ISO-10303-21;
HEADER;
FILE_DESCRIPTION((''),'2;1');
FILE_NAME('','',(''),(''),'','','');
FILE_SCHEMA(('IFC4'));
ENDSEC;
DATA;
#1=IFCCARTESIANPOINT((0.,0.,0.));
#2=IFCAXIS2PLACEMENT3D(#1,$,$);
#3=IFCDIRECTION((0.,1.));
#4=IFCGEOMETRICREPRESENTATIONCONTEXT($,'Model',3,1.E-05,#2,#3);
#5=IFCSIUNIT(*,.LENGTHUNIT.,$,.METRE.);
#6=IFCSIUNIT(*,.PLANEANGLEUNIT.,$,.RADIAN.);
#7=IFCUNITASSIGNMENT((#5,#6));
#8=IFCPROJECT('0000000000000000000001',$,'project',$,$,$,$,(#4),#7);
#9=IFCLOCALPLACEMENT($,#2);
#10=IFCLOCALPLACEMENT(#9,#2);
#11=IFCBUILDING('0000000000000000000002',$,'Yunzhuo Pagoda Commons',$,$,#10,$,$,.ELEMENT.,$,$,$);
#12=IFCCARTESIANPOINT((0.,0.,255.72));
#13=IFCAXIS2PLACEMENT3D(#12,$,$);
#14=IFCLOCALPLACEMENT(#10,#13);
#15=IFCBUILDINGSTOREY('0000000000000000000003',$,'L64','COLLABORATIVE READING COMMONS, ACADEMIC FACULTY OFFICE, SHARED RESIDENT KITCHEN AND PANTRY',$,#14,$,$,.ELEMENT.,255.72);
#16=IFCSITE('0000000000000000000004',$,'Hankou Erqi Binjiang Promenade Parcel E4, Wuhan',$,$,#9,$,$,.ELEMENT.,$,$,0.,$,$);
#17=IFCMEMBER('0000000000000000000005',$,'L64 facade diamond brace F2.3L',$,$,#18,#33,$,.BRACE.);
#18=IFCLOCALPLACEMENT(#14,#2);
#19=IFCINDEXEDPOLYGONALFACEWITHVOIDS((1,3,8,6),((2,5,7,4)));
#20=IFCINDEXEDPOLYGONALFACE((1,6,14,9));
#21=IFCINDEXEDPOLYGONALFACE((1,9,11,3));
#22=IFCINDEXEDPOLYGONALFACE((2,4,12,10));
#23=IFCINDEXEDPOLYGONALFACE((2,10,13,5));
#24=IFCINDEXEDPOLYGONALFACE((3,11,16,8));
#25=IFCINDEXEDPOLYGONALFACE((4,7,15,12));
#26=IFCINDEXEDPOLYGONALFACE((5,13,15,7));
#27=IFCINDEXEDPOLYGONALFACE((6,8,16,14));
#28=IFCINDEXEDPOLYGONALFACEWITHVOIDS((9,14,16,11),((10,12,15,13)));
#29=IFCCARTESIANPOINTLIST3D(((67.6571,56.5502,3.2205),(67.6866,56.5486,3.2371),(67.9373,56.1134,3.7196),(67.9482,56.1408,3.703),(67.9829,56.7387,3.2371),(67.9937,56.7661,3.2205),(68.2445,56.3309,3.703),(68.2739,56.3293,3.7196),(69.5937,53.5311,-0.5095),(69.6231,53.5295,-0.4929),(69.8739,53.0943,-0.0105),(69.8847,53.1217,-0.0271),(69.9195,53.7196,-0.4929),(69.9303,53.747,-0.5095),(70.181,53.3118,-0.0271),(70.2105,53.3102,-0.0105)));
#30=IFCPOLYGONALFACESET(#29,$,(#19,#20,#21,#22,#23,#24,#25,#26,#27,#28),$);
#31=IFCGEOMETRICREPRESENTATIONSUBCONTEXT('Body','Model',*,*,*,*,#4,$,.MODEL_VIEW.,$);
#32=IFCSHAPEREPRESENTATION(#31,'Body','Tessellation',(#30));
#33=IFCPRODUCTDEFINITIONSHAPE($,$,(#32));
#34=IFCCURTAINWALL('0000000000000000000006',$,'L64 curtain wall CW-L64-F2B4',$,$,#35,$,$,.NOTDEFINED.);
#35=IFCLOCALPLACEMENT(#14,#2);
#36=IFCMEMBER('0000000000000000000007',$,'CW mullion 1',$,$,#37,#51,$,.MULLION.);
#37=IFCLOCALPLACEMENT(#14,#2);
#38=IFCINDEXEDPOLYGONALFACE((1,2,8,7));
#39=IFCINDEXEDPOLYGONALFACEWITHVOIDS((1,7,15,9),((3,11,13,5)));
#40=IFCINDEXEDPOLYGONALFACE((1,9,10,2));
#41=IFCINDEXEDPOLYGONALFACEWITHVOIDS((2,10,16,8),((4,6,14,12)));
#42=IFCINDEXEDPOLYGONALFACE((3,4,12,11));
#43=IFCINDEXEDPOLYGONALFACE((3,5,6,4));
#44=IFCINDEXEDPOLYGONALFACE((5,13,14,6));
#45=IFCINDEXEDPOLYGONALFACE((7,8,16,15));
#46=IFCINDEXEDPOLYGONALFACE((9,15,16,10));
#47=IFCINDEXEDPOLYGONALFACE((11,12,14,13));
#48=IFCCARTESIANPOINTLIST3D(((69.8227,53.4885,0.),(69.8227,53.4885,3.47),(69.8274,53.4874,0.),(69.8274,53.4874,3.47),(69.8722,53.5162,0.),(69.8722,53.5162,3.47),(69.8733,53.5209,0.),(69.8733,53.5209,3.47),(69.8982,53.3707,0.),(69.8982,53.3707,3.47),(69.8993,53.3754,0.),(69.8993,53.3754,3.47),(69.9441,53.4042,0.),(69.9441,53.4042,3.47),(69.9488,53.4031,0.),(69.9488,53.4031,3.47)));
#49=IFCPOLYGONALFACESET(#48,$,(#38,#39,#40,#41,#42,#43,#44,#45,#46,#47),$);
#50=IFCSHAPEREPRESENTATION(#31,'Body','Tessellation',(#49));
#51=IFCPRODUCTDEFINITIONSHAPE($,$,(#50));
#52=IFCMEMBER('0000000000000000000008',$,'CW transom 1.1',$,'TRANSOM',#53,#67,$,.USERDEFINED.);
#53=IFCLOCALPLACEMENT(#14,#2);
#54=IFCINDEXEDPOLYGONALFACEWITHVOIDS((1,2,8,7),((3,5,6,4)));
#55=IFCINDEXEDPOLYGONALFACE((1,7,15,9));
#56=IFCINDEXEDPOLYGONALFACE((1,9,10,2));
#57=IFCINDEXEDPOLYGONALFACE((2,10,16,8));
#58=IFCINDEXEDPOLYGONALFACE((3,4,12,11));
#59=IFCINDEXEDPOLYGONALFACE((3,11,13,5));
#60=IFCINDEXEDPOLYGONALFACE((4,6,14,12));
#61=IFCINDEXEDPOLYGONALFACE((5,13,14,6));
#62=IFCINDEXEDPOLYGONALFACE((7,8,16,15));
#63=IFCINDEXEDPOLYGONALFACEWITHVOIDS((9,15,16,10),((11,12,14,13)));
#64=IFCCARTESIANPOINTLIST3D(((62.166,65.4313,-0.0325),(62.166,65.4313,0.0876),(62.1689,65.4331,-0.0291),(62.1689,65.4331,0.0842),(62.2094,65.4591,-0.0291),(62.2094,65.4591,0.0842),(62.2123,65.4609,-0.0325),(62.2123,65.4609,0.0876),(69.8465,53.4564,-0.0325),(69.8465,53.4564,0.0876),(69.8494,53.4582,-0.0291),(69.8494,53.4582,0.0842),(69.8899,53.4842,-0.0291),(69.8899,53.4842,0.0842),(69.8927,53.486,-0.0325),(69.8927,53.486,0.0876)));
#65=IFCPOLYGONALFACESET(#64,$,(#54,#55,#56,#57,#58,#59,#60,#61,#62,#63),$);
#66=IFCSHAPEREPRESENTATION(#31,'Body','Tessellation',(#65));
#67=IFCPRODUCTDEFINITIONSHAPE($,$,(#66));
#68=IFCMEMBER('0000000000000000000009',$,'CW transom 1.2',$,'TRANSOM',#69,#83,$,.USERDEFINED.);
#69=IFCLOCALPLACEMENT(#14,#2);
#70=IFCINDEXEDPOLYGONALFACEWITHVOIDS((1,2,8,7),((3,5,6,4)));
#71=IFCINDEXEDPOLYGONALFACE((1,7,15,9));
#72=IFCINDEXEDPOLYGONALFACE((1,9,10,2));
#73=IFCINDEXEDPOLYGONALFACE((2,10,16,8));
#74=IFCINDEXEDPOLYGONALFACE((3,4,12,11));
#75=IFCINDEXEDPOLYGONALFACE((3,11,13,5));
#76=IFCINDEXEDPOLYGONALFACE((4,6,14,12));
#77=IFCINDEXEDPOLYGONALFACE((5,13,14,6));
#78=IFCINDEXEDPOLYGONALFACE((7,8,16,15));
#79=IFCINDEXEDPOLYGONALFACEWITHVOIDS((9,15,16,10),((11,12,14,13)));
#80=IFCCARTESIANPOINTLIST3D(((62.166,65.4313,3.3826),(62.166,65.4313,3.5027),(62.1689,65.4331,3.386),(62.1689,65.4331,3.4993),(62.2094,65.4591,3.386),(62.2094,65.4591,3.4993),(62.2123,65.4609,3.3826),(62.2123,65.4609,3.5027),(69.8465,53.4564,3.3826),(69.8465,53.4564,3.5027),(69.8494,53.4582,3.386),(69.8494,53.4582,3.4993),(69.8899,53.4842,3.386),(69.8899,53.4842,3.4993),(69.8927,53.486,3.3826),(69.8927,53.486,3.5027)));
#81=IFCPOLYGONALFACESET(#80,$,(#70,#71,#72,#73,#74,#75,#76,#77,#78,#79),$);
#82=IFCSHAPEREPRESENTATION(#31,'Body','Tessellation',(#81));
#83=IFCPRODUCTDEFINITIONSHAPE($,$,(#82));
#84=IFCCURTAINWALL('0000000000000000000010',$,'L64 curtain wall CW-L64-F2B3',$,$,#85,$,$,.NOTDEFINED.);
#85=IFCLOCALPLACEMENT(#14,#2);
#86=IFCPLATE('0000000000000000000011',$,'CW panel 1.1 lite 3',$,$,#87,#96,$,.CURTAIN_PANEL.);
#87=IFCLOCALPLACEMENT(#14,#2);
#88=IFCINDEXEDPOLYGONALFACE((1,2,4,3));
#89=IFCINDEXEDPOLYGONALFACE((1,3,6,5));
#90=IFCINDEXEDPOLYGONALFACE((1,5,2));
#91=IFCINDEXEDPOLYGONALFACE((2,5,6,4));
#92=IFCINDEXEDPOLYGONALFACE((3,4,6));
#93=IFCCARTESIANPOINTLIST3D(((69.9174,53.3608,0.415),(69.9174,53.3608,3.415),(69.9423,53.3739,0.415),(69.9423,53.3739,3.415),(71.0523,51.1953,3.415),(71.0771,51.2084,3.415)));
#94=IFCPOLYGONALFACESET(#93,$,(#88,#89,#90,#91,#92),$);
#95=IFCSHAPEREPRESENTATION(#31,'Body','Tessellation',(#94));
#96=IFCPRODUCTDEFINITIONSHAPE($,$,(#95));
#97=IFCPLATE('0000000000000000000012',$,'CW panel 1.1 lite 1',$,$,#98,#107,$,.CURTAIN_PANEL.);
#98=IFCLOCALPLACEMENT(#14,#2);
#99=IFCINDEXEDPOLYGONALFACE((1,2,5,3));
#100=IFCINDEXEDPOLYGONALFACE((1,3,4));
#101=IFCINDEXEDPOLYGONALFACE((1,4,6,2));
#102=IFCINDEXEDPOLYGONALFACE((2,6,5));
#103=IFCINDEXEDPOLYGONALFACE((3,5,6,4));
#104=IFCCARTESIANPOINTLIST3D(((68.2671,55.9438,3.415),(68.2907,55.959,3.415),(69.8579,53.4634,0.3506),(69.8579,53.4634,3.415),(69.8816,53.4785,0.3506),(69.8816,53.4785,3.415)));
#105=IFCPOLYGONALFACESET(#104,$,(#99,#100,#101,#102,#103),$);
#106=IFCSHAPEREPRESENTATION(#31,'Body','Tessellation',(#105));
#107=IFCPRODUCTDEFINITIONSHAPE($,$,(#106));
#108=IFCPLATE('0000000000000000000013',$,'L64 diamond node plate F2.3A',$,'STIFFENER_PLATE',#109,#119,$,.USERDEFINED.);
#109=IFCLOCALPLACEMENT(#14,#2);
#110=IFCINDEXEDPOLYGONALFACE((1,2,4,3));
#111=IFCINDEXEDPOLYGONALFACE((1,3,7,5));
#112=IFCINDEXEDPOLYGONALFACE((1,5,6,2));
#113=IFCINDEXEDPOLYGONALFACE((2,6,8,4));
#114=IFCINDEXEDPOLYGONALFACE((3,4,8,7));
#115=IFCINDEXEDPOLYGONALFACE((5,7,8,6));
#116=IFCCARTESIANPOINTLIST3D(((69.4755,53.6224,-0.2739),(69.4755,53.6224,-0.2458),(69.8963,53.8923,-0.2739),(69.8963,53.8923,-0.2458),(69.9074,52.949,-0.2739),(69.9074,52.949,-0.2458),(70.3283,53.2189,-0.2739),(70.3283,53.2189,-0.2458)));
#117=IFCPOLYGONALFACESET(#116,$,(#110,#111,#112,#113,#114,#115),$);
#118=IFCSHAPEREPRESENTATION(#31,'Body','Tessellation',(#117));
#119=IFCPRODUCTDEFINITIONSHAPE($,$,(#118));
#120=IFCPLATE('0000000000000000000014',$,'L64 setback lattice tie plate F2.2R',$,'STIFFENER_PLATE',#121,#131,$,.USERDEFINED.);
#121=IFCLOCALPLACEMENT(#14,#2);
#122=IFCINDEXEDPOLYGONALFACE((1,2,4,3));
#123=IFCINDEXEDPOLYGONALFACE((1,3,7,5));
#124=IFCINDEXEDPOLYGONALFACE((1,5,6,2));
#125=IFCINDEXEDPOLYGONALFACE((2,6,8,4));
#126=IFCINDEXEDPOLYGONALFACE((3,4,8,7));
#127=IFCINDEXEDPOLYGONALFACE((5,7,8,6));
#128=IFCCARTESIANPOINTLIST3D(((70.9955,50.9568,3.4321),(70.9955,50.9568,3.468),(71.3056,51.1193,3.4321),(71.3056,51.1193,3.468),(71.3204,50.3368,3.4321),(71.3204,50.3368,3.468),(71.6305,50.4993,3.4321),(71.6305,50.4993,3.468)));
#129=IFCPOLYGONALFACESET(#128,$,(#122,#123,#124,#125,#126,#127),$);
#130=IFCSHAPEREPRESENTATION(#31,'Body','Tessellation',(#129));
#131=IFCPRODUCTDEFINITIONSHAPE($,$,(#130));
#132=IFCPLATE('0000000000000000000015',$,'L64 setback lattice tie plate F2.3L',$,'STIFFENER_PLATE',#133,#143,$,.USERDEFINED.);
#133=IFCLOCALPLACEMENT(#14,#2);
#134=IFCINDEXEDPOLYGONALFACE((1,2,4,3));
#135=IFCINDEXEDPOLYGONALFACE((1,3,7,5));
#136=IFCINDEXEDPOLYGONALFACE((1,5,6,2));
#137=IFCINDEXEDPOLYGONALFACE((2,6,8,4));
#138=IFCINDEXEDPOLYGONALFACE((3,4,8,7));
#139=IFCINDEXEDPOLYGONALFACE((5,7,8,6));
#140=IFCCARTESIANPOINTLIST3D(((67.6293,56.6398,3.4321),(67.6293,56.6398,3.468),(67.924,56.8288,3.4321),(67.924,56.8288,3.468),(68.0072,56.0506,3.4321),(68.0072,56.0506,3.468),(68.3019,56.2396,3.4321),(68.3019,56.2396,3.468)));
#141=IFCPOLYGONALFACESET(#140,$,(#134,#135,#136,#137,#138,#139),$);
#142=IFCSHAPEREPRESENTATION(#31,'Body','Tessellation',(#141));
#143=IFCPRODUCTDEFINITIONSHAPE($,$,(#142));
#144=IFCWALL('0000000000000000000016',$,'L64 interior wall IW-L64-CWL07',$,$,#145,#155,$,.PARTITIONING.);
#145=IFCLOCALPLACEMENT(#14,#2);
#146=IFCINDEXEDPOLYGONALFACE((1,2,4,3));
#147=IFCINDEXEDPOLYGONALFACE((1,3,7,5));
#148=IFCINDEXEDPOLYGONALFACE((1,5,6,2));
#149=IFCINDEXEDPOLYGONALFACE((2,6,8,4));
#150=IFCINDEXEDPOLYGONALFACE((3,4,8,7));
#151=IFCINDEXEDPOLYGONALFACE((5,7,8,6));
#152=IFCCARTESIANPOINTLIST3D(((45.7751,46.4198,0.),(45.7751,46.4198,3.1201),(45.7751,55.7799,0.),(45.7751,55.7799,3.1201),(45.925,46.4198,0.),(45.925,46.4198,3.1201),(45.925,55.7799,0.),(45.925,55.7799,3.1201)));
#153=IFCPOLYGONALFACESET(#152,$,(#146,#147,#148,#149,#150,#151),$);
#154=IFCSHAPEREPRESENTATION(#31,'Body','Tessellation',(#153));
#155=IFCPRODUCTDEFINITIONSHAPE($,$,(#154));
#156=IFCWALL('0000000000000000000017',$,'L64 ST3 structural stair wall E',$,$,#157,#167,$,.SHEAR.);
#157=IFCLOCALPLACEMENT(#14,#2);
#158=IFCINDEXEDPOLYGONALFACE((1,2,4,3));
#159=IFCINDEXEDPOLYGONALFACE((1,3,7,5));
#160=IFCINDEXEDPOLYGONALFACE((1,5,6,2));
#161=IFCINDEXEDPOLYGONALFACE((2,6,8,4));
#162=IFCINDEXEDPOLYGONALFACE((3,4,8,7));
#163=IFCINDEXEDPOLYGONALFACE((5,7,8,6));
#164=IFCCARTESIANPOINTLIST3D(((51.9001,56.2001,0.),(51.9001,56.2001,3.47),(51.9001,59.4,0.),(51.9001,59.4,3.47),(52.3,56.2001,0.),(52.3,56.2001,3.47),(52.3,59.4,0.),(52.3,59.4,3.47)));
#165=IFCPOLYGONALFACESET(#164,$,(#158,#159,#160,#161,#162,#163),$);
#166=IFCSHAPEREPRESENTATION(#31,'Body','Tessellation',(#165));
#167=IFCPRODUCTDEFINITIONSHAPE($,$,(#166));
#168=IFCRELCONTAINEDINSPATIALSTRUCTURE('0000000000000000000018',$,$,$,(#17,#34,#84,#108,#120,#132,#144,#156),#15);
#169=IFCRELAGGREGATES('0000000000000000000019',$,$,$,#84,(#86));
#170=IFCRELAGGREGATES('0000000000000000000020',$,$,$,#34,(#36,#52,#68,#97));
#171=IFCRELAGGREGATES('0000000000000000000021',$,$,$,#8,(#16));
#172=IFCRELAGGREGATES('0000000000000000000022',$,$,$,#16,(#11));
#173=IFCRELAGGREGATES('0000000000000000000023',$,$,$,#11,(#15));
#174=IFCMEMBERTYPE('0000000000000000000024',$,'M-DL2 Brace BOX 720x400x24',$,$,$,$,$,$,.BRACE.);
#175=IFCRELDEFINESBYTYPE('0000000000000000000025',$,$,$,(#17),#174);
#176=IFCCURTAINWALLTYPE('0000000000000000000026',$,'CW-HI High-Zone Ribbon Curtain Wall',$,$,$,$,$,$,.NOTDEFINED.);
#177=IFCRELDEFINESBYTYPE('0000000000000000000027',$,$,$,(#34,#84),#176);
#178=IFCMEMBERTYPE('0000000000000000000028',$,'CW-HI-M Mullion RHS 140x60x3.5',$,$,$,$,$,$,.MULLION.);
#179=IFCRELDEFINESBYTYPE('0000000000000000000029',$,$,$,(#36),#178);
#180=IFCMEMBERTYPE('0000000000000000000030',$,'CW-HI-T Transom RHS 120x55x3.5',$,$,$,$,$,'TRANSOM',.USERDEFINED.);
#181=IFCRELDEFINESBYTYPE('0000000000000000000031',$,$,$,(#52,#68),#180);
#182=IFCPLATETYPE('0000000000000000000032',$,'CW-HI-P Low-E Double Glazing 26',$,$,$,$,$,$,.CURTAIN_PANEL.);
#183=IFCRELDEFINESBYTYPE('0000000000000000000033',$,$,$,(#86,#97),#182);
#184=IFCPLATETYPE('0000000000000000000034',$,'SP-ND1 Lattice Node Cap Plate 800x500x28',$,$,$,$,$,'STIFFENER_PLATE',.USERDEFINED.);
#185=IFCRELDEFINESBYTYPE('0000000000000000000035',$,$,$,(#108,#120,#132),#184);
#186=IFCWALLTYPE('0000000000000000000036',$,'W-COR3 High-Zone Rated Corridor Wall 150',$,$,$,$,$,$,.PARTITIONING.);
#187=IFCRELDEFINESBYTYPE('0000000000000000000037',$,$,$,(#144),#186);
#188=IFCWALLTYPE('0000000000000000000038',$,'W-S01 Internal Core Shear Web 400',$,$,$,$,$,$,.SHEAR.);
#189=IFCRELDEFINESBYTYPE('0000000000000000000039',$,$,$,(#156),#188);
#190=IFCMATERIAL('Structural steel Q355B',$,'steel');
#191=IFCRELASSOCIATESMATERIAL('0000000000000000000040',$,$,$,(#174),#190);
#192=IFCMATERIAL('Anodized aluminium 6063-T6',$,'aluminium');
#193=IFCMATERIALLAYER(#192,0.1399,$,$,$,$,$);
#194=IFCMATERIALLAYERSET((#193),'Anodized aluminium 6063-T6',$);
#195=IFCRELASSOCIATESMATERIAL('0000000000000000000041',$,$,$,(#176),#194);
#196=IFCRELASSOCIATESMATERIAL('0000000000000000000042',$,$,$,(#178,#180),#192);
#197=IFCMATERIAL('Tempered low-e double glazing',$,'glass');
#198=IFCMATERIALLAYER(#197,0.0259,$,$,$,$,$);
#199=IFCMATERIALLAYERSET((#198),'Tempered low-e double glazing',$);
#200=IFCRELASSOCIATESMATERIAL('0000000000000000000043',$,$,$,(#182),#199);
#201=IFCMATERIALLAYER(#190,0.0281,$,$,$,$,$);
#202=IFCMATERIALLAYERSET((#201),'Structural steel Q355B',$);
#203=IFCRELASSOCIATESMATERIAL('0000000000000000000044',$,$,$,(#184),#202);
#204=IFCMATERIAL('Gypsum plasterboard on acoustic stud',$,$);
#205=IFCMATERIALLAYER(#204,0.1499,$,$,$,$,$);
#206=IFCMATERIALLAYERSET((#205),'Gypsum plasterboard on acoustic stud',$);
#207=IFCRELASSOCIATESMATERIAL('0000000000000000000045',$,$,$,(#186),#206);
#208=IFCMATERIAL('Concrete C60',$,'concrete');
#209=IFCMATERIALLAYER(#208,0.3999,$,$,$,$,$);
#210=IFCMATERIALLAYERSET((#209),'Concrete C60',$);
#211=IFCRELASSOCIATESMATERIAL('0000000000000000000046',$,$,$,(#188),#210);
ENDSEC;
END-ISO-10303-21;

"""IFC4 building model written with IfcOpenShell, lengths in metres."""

from ifc_helpers import new_model, si_unit, direction, frame, frame_2d, origin, origin_2d, place, context, subcontext, project, spatial, polyline, rectangle, hollow_rectangle, outline, extrude, source, transform, mapped, material, layer, layer_set, material_profile, profile_set, type_object, element, aggregate, save


model = new_model("IFC4")

# Units and contexts
model_context = context("Model", 3, precision=1e-05, world=origin(), true_north=direction((0.0, 1.0)))
body_context = subcontext(model_context, "Body", "Model", "MODEL_VIEW")
ifc_project = project(units=[si_unit("LENGTHUNIT", "METRE"), si_unit("PLANEANGLEUNIT", "RADIAN")], contexts=[model_context])

# Site, building, storey
site_placement = place(None, origin())
site = spatial("IfcSite", under=ifc_project, at=site_placement, Name="Hankou Erqi Binjiang Promenade Parcel E4, Wuhan", CompositionType="ELEMENT", RefElevation=0.0)
building_placement = place(site_placement, origin())
building = spatial("IfcBuilding", under=site, at=building_placement, Name="Yunzhuo Pagoda Commons", CompositionType="ELEMENT")
storey_placement = place(building_placement, frame((0.0, 0.0, 255.72)))
storey = spatial("IfcBuildingStorey", under=building, at=storey_placement, Name="L64", Description="COLLABORATIVE READING COMMONS, ACADEMIC FACULTY OFFICE, SHARED RESIDENT KITCHEN AND PANTRY", CompositionType="ELEMENT", Elevation=255.72)

# Shared definitions
ifc_material_1 = material(Name="Structural steel Q355B", Category="steel")

# Member
ifc_material_profile_1 = material_profile(ifc_material_1, hollow_rectangle(XDim=0.3999, YDim=0.72, WallThickness=0.0239, at=origin_2d()), Name="Structural steel Q355B")
ifc_profile_set_1 = profile_set([ifc_material_profile_1], Name="Structural steel Q355B")
member_type_1 = type_object("IfcMemberType", Name="M-DL2 Brace BOX 720x400x24", PredefinedType="BRACE", material=ifc_profile_set_1)
shared_shape_1 = source(origin(), body_context, "Body", "SweptSolid", [
    extrude(hollow_rectangle(XDim=0.3999, YDim=0.72, WallThickness=0.0239, at=origin_2d()), origin(), (0.0, 0.0, 1.0), 5.1748),
])
member_1_placement = place(storey_placement, frame((69.9021, 53.4207, -0.26), z_axis=(-0.374229, 0.583424, 0.720811), x_axis=(-0.841722, -0.539911, 0.0)))
element("IfcMember", 1, at=member_1_placement, inside=storey, type_object=member_type_1, Name="L64 facade diamond brace F2.3L", PredefinedType="BRACE", context=body_context, shape_type="MappedRepresentation", body=[
    mapped(shared_shape_1, transform((0.0, 0.0, 0.0), scale=1.0)),
])

# Curtain wall, members
ifc_material_2 = material(Name="Anodized aluminium 6063-T6", Category="aluminium")
ifc_layer_1 = layer(ifc_material_2, 0.1399)
ifc_layer_set_1 = layer_set([ifc_layer_1], Name="Anodized aluminium 6063-T6")
curtain_wall_type = type_object("IfcCurtainWallType", Name="CW-HI High-Zone Ribbon Curtain Wall", PredefinedType="NOTDEFINED", material=ifc_layer_set_1)
curtain_wall_1_placement = place(storey_placement, origin())
curtain_wall_1 = element("IfcCurtainWall", 2, at=curtain_wall_1_placement, inside=storey, type_object=curtain_wall_type, Name="L64 curtain wall CW-L64-F2B4", PredefinedType="NOTDEFINED")
ifc_material_profile_2 = material_profile(ifc_material_2, hollow_rectangle(XDim=0.0601, YDim=0.1399, WallThickness=0.0034, at=origin_2d()), Name="Anodized aluminium 6063-T6")
ifc_profile_set_2 = profile_set([ifc_material_profile_2], Name="Anodized aluminium 6063-T6")
member_type_2 = type_object("IfcMemberType", Name="CW-HI-M Mullion RHS 140x60x3.5", PredefinedType="MULLION", material=ifc_profile_set_2)
shared_shape_2 = source(origin(), body_context, "Body", "SweptSolid", [
    extrude(hollow_rectangle(XDim=0.0601, YDim=0.1399, WallThickness=0.0034, at=origin_2d()), origin(), (0.0, 0.0, 1.0), 3.47),
])
member_2_placement = place(storey_placement, frame((69.8857, 53.4458, 0.0), z_axis=(0.0, 0.0, 1.0), x_axis=(-0.84175, -0.539867, 0.0)))
member_2 = element("IfcMember", 3, at=member_2_placement, type_object=member_type_2, Name="CW mullion 1", PredefinedType="MULLION", context=body_context, shape_type="MappedRepresentation", body=[
    mapped(shared_shape_2, transform((0.0, 0.0, 0.0), scale=1.0)),
])
ifc_material_profile_3 = material_profile(ifc_material_2, hollow_rectangle(XDim=0.0549, YDim=0.1201, WallThickness=0.0034, at=origin_2d()), Name="Anodized aluminium 6063-T6")
ifc_profile_set_3 = profile_set([ifc_material_profile_3], Name="Anodized aluminium 6063-T6")
member_type_3 = type_object("IfcMemberType", Name="CW-HI-T Transom RHS 120x55x3.5", ElementType="TRANSOM", PredefinedType="USERDEFINED", material=ifc_profile_set_3)
shared_shape_3 = source(origin(), body_context, "Body", "SweptSolid", [
    extrude(hollow_rectangle(XDim=0.0549, YDim=0.1201, WallThickness=0.0034, at=origin_2d()), origin(), (0.0, 0.0, 1.0), 14.2263),
])
member_3_placement = place(storey_placement, frame((69.8696, 53.4712, 0.0276), z_axis=(-0.539877, 0.841744, 0.0), x_axis=(-0.841744, -0.539877, 0.0)))
member_3 = element("IfcMember", 4, at=member_3_placement, type_object=member_type_3, Name="CW transom 1.1", ObjectType="TRANSOM", PredefinedType="USERDEFINED", context=body_context, shape_type="MappedRepresentation", body=[
    mapped(shared_shape_3, transform((0.0, 0.0, 0.0), scale=1.0)),
])
member_4_placement = place(storey_placement, frame((69.8696, 53.4712, 3.4426), z_axis=(-0.539877, 0.841744, 0.0), x_axis=(-0.841744, -0.539877, 0.0)))
member_4 = element("IfcMember", 5, at=member_4_placement, type_object=member_type_3, Name="CW transom 1.2", ObjectType="TRANSOM", PredefinedType="USERDEFINED", context=body_context, shape_type="MappedRepresentation", body=[
    mapped(shared_shape_3, transform((0.0, 0.0, 0.0), scale=1.0)),
])

# Curtain wall, plate
curtain_wall_2_placement = place(storey_placement, origin())
curtain_wall_2 = element("IfcCurtainWall", 6, at=curtain_wall_2_placement, inside=storey, type_object=curtain_wall_type, Name="L64 curtain wall CW-L64-F2B3", PredefinedType="NOTDEFINED")
ifc_material_3 = material(Name="Tempered low-e double glazing", Category="glass")
ifc_layer_2 = layer(ifc_material_3, 0.0259)
ifc_layer_set_2 = layer_set([ifc_layer_2], Name="Tempered low-e double glazing")
plate_type_1 = type_object("IfcPlateType", Name="CW-HI-P Low-E Double Glazing 26", PredefinedType="CURTAIN_PANEL", material=ifc_layer_set_2)
plate_1_placement = place(storey_placement, frame((70.4849, 52.2781, 1.915), z_axis=(0.885743, 0.464176, 0.0), x_axis=(-0.464176, 0.885743, 0.0)))
plate_1 = element("IfcPlate", 7, at=plate_1_placement, type_object=plate_type_1, Name="CW panel 1.1 lite 3", PredefinedType="CURTAIN_PANEL", context=body_context, shape_type="SweptSolid", body=[
    extrude(outline(polyline([(-1.2224, 1.5), (1.2224, -1.5), (1.2224, 1.5), (-1.2224, 1.5)])), origin(), (0.0, 0.0, 1.0), 0.0281),
])
aggregate(curtain_wall_2, [plate_1])

# Plate
plate_2_placement = place(storey_placement, frame((69.0625, 54.7036, 1.8828), z_axis=(0.84175, 0.539867, 0.0), x_axis=(-0.539867, 0.84175, 0.0)))
plate_2 = element("IfcPlate", 8, at=plate_2_placement, type_object=plate_type_1, Name="CW panel 1.1 lite 1", PredefinedType="CURTAIN_PANEL", context=body_context, shape_type="SweptSolid", body=[
    extrude(outline(polyline([(-1.4734, -1.5322), (1.4734, 1.5322), (-1.4734, 1.5322), (-1.4734, -1.5322)])), origin(), (0.0, 0.0, 1.0), 0.0281),
])
aggregate(curtain_wall_1, [member_2, member_3, member_4, plate_2])

# Plates
ifc_layer_3 = layer(ifc_material_1, 0.0281)
ifc_layer_set_3 = layer_set([ifc_layer_3], Name="Structural steel Q355B")
plate_type_2 = type_object("IfcPlateType", Name="SP-ND1 Lattice Node Cap Plate 800x500x28", ElementType="STIFFENER_PLATE", PredefinedType="USERDEFINED", material=ifc_layer_set_3)
shared_shape_4 = source(origin(), body_context, "Body", "SweptSolid", [
    extrude(rectangle(XDim=0.8, YDim=0.5, at=origin_2d()), origin(), (0.0, 0.0, 1.0), 0.0281),
])
plate_3_placement = place(storey_placement, frame((69.9019, 53.4207, -0.2739), z_axis=(0.0, 0.0, 1.0), x_axis=(-0.539873, 0.841746, 0.0)))
element("IfcPlate", 9, at=plate_3_placement, inside=storey, type_object=plate_type_2, Name="L64 diamond node plate F2.3A", ObjectType="STIFFENER_PLATE", PredefinedType="USERDEFINED", context=body_context, shape_type="MappedRepresentation", body=[
    mapped(shared_shape_4, transform((0.0, 0.0, 0.0), scale=1.0)),
])
shared_shape_5 = source(origin(), body_context, "Body", "SweptSolid", [
    extrude(rectangle(XDim=0.7, YDim=0.3501, at=origin_2d()), origin(), (0.0, 0.0, 1.0), 0.0359),
])
for number, where, z_axis, x_axis, name in (
    (10, (71.313, 50.728, 3.4321), (0.0, 0.0, 1.0), (-0.464177, 0.885742, 0.0), "L64 setback lattice tie plate F2.2R"),
    (11, (67.9656, 56.4397, 3.4321), (0.0, 0.0, 1.0), (-0.539873, 0.841746, 0.0), "L64 setback lattice tie plate F2.3L"),
):
    element("IfcPlate", number, at=place(storey_placement, frame(where, z_axis=z_axis, x_axis=x_axis)), inside=storey, type_object=plate_type_2, Name=name, ObjectType="STIFFENER_PLATE", PredefinedType="USERDEFINED", context=body_context, shape_type="MappedRepresentation", body=[
        mapped(shared_shape_5, transform((0.0, 0.0, 0.0), scale=1.0)),
    ])

# Walls
ifc_material_4 = material(Name="Gypsum plasterboard on acoustic stud")
ifc_layer_4 = layer(ifc_material_4, 0.1499)
ifc_layer_set_4 = layer_set([ifc_layer_4], Name="Gypsum plasterboard on acoustic stud")
wall_type_1 = type_object("IfcWallType", Name="W-COR3 High-Zone Rated Corridor Wall 150", PredefinedType="PARTITIONING", material=ifc_layer_set_4)
wall_1_placement = place(storey_placement, frame((45.8501, 55.78, 0.0), z_axis=(0.0, 0.0, 1.0), x_axis=(0.0, -1.0, 0.0)))
element("IfcWall", 12, at=wall_1_placement, inside=storey, type_object=wall_type_1, Name="L64 interior wall IW-L64-CWL07", PredefinedType="PARTITIONING", context=body_context, shape_type="SweptSolid", body=[
    extrude(rectangle(XDim=9.3601, YDim=0.1499, at=frame_2d((4.6802, 0.0))), origin(), (0.0, 0.0, 1.0), 3.1201),
])
ifc_material_5 = material(Name="Concrete C60", Category="concrete")
ifc_layer_5 = layer(ifc_material_5, 0.3999)
ifc_layer_set_5 = layer_set([ifc_layer_5], Name="Concrete C60")
wall_type_2 = type_object("IfcWallType", Name="W-S01 Internal Core Shear Web 400", PredefinedType="SHEAR", material=ifc_layer_set_5)
wall_2_placement = place(storey_placement, frame((52.1001, 56.2, 0.0), z_axis=(0.0, 0.0, 1.0), x_axis=(0.0, 1.0, 0.0)))
element("IfcWall", 13, at=wall_2_placement, inside=storey, type_object=wall_type_2, Name="L64 ST3 structural stair wall E", PredefinedType="SHEAR", context=body_context, shape_type="SweptSolid", body=[
    extrude(rectangle(XDim=3.2, YDim=0.3999, at=frame_2d((1.6001, 0.0))), origin(), (0.0, 0.0, 1.0), 3.47),
])

save(model, "model.ifc")
